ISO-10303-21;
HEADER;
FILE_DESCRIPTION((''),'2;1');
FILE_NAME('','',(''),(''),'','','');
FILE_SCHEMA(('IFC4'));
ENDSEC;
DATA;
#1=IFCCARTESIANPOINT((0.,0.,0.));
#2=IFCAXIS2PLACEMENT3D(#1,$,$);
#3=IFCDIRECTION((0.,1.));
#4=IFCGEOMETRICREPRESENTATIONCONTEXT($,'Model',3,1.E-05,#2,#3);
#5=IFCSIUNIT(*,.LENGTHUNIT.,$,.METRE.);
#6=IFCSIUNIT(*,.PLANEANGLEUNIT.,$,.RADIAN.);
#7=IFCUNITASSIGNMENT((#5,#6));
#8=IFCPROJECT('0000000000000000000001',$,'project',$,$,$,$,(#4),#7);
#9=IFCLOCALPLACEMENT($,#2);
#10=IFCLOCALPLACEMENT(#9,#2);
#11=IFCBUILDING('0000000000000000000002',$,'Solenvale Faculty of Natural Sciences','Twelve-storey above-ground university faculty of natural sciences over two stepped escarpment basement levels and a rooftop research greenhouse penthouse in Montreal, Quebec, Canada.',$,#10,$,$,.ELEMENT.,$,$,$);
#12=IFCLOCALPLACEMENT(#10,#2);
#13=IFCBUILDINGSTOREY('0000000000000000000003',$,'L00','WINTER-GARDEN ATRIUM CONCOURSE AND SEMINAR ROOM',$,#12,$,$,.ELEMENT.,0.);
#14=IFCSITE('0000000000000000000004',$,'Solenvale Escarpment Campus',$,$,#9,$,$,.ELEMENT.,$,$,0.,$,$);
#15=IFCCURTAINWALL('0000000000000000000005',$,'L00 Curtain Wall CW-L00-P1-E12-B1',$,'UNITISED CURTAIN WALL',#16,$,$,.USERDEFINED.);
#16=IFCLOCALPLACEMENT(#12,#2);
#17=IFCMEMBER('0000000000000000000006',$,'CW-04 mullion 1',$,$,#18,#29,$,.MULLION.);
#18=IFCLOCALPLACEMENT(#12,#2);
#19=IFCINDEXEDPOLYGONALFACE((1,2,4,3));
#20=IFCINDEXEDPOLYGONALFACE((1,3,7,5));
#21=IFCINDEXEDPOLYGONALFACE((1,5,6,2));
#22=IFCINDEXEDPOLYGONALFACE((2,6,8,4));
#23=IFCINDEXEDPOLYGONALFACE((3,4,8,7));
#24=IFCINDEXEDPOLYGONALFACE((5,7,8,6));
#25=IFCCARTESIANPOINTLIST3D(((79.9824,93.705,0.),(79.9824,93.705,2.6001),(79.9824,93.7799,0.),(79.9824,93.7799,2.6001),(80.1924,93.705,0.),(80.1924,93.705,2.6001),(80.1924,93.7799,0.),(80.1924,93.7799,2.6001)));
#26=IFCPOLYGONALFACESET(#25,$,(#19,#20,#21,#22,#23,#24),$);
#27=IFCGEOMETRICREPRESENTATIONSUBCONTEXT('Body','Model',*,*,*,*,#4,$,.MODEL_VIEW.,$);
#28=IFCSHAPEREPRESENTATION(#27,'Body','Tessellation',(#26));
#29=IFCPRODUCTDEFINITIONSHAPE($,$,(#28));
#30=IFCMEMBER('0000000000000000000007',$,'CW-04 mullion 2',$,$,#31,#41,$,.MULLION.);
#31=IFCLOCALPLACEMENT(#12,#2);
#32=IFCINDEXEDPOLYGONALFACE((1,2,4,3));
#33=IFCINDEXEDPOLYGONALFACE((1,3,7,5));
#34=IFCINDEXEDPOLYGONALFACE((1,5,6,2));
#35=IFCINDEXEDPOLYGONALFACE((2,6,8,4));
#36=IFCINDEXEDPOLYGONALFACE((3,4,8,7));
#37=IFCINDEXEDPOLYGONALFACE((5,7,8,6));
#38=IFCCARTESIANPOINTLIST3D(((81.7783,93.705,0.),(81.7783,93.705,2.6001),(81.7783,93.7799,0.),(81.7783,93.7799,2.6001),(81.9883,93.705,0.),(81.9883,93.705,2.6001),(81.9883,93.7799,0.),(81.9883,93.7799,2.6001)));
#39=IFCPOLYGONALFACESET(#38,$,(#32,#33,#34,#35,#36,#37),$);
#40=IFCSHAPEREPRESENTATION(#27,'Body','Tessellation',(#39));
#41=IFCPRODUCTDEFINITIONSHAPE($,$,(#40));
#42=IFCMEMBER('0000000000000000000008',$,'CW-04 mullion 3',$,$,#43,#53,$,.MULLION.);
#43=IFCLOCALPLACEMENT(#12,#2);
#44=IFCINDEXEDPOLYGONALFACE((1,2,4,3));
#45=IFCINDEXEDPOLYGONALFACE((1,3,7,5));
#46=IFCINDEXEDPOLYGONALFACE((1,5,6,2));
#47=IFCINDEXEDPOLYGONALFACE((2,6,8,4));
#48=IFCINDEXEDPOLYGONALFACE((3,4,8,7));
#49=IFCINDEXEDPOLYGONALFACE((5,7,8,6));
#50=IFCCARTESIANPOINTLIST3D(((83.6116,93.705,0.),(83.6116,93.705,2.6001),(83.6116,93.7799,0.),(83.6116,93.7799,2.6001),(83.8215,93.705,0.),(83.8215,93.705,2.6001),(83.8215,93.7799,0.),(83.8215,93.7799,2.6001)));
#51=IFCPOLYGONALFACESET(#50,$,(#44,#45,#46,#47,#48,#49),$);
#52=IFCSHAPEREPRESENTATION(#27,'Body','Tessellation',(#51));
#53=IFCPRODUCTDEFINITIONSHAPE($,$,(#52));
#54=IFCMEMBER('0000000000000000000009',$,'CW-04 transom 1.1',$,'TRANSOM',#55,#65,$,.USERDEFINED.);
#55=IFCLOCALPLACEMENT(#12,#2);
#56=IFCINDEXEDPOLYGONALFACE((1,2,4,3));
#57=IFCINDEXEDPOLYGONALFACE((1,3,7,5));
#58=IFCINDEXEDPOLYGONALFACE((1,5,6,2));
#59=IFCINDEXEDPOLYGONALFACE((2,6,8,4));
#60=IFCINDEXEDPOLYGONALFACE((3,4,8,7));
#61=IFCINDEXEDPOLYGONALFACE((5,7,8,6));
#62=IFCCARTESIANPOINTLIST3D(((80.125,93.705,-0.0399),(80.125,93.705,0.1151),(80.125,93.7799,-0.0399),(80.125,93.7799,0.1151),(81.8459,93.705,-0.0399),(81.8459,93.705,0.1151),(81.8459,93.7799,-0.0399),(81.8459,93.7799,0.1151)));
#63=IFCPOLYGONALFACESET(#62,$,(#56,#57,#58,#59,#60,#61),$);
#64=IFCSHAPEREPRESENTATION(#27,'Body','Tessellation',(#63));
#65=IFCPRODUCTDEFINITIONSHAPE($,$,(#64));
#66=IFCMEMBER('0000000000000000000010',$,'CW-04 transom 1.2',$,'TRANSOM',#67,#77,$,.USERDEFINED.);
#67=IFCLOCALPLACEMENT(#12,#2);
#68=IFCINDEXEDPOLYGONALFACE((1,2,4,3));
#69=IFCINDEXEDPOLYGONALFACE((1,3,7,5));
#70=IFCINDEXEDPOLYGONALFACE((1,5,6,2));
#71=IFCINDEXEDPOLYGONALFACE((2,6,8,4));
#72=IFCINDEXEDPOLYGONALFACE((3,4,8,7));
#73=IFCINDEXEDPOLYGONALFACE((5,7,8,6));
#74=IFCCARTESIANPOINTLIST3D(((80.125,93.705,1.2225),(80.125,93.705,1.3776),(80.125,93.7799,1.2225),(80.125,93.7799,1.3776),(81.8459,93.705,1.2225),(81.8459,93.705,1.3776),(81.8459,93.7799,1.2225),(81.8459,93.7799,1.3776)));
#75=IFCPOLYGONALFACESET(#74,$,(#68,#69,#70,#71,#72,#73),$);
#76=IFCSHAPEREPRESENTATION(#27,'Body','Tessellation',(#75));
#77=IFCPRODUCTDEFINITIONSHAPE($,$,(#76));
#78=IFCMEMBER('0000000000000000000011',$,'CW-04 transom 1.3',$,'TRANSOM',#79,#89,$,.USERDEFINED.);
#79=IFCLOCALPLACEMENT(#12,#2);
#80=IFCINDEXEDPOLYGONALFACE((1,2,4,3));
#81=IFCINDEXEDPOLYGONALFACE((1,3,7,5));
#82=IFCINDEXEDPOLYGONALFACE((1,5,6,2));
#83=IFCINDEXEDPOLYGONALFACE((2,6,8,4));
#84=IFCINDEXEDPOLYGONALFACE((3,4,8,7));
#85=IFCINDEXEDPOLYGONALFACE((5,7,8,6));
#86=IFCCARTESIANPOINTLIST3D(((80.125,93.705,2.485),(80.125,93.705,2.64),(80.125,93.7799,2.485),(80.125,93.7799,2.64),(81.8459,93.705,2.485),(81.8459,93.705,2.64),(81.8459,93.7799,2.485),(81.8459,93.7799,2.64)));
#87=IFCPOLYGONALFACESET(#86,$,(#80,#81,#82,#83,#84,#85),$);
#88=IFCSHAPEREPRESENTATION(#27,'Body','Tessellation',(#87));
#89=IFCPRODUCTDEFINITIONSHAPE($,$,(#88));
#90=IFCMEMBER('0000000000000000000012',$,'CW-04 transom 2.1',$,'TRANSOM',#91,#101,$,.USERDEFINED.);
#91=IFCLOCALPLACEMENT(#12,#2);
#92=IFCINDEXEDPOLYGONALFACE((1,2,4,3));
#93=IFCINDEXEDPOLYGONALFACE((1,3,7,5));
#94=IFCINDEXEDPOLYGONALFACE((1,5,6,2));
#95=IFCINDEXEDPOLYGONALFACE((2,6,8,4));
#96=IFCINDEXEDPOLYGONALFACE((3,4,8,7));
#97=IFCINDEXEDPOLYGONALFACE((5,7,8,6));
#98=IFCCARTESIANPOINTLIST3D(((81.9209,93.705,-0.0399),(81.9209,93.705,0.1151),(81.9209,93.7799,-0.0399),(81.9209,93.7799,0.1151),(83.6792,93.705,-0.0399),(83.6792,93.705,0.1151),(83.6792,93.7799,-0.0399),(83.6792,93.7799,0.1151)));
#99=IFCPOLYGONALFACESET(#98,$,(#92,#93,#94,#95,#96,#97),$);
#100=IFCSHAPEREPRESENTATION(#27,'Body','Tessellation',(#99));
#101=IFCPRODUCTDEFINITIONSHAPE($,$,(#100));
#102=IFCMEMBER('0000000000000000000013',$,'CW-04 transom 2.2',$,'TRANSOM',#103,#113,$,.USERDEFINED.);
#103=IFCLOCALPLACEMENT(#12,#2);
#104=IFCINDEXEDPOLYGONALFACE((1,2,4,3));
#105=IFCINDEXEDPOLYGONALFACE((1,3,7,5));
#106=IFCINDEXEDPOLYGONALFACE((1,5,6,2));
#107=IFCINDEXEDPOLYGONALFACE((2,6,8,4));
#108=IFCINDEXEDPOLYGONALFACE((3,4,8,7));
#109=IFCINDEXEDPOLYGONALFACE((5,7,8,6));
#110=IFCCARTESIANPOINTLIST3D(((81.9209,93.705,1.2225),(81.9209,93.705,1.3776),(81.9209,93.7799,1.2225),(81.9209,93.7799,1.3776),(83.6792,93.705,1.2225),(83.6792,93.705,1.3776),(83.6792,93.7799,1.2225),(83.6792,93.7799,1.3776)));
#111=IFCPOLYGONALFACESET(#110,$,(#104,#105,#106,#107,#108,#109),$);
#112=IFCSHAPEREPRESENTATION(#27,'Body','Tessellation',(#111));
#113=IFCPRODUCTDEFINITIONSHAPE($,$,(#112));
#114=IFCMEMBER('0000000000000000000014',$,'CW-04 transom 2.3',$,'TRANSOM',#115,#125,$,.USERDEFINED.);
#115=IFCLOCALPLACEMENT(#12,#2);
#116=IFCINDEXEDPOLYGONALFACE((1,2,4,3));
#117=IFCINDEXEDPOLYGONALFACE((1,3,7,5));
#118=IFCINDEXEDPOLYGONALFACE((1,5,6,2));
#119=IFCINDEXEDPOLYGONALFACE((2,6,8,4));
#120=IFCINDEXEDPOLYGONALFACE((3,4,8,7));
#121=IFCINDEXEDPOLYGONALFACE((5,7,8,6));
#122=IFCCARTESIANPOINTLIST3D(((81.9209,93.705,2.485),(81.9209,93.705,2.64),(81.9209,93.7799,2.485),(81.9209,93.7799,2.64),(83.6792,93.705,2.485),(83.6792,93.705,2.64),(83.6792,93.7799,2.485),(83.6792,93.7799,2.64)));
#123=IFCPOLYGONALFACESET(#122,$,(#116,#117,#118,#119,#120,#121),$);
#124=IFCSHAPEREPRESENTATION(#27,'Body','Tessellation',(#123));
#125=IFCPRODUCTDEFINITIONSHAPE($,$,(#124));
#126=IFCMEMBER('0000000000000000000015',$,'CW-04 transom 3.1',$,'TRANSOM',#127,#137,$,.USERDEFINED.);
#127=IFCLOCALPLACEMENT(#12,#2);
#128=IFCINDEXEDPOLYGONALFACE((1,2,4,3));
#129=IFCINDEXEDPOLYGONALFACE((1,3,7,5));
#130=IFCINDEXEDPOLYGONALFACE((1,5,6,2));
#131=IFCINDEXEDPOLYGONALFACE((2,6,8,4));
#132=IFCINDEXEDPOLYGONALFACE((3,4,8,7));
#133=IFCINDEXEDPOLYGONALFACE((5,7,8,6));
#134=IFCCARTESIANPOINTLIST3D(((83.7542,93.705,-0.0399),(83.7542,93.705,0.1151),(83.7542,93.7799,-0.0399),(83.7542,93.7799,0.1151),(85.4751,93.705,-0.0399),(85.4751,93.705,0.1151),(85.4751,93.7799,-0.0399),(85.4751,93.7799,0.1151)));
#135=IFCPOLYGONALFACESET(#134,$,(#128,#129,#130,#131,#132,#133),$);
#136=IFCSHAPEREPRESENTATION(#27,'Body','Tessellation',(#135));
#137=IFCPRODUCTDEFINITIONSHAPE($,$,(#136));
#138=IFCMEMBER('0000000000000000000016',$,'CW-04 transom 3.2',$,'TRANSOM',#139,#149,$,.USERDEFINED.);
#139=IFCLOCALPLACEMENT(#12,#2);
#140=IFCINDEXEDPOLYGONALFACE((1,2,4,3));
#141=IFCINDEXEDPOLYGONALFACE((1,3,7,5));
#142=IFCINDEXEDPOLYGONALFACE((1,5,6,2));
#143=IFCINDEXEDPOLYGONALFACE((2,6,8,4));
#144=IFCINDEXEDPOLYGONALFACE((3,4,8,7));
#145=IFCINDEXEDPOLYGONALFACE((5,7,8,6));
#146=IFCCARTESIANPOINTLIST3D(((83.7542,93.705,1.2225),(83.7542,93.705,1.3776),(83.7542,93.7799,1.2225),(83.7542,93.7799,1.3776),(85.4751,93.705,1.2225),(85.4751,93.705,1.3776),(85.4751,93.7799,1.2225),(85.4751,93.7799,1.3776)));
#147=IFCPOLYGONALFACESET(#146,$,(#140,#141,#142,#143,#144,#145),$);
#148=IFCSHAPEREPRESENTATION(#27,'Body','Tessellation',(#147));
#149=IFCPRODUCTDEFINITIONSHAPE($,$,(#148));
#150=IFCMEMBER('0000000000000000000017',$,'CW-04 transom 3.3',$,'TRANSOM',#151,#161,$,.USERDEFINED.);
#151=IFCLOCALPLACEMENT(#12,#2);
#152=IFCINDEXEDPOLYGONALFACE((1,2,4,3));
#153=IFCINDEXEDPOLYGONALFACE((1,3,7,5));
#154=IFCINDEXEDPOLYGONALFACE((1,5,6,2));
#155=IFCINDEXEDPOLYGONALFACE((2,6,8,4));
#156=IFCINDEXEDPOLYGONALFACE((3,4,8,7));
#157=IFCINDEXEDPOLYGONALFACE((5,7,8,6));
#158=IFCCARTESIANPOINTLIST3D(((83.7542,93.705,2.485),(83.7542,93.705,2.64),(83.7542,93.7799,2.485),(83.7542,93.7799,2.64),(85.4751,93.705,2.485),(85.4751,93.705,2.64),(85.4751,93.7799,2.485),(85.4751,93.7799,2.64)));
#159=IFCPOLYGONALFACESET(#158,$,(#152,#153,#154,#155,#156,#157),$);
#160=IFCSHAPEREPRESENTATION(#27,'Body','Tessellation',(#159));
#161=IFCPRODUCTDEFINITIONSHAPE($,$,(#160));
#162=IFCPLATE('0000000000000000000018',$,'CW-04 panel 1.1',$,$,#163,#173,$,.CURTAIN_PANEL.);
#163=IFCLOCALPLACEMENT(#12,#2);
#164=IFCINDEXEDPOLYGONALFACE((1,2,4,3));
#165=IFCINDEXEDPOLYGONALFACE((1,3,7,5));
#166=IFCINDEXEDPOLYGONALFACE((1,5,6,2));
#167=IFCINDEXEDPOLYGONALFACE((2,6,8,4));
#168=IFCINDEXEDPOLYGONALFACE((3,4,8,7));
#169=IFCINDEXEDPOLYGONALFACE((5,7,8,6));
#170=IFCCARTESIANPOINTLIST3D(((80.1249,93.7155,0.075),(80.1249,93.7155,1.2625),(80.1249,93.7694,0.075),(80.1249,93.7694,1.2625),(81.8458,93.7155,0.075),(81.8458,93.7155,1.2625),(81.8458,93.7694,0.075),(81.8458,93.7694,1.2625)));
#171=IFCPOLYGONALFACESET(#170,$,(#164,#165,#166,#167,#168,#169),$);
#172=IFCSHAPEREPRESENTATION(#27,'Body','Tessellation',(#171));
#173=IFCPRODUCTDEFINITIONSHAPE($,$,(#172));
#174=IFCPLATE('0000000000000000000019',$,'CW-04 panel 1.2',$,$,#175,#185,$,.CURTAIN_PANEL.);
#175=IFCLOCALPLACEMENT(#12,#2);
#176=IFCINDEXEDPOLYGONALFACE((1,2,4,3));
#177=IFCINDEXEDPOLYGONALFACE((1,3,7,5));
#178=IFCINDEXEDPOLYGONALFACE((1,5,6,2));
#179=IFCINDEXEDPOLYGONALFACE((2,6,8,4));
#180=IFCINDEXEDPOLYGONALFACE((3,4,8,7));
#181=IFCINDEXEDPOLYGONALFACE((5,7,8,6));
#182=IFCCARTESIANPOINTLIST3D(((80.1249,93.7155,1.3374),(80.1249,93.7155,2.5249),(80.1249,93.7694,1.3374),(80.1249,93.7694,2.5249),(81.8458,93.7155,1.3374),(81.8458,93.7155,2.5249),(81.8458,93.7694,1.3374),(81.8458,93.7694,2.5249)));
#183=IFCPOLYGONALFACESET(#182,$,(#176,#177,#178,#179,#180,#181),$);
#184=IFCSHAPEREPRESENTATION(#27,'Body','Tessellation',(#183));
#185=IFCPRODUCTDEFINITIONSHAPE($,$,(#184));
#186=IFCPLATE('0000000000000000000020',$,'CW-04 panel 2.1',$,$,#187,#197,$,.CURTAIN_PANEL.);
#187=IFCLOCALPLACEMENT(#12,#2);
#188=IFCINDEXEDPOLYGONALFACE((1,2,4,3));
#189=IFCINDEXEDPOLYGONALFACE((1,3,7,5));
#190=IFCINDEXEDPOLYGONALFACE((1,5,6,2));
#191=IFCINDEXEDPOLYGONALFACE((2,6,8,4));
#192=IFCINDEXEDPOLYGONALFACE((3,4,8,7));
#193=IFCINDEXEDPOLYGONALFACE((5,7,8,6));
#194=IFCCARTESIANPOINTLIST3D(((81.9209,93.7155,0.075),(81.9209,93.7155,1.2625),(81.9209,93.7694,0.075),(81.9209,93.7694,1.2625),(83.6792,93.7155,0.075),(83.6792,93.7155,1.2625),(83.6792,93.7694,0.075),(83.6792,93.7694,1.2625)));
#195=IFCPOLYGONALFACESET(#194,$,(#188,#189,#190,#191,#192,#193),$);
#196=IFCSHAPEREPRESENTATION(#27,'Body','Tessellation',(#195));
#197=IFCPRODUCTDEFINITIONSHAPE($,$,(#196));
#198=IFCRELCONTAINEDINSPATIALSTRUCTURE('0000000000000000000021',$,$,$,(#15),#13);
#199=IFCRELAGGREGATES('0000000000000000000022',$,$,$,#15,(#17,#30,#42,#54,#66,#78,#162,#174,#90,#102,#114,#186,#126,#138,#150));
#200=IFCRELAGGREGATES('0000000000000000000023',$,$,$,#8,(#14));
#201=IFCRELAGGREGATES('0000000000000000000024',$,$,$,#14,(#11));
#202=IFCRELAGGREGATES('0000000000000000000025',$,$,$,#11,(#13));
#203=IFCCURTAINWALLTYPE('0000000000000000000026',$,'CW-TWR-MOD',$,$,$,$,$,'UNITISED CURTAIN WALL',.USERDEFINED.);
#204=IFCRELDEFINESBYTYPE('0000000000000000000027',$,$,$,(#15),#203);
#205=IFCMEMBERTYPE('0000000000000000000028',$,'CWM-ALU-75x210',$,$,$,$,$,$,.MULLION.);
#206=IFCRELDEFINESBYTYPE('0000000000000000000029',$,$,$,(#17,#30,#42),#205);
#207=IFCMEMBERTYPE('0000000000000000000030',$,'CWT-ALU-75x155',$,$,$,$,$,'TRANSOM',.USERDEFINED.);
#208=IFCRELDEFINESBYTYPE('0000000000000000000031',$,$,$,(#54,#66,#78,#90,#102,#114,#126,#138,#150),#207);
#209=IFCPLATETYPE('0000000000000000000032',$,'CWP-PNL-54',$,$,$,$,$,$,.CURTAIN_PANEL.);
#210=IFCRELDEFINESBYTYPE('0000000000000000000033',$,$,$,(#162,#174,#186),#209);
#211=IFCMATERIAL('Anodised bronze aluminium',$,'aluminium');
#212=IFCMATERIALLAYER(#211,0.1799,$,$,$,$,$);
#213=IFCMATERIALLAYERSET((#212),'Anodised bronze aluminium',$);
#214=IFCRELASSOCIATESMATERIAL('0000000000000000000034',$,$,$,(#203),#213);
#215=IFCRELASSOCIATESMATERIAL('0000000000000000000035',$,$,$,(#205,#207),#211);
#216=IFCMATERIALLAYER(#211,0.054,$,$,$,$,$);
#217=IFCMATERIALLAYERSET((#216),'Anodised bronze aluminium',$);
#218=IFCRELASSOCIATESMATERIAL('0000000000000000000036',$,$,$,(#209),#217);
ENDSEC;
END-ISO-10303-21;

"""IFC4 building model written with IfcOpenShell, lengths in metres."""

from ifc_helpers import new_model, si_unit, direction, frame, origin, origin_2d, place, context, subcontext, project, spatial, rectangle, extrude, material, layer, layer_set, material_profile, profile_set, type_object, element, aggregate, save


model = new_model("IFC4")

# Units and contexts
model_context = context("Model", 3, precision=1e-05, world=origin(), true_north=direction((0.0, 1.0)))
body_context = subcontext(model_context, "Body", "Model", "MODEL_VIEW")
ifc_project = project(units=[si_unit("LENGTHUNIT", "METRE"), si_unit("PLANEANGLEUNIT", "RADIAN")], contexts=[model_context])

# Site, building, storey
site_placement = place(None, origin())
site = spatial("IfcSite", under=ifc_project, at=site_placement, Name="Solenvale Escarpment Campus", CompositionType="ELEMENT", RefElevation=0.0)
building_placement = place(site_placement, origin())
building = spatial("IfcBuilding", under=site, at=building_placement, Name="Solenvale Faculty of Natural Sciences", Description="Twelve-storey above-ground university faculty of natural sciences over two stepped escarpment basement levels and a rooftop research greenhouse penthouse in Montreal, Quebec, Canada.", CompositionType="ELEMENT")
storey_placement = place(building_placement, origin())
storey = spatial("IfcBuildingStorey", under=building, at=storey_placement, Name="L00", Description="WINTER-GARDEN ATRIUM CONCOURSE AND SEMINAR ROOM", CompositionType="ELEMENT", Elevation=0.0)

# Curtain wall, members, plates
ifc_material_1 = material(Name="Anodised bronze aluminium", Category="aluminium")
ifc_layer_1 = layer(ifc_material_1, 0.1799)
ifc_layer_set_1 = layer_set([ifc_layer_1], Name="Anodised bronze aluminium")
curtain_wall_type = type_object("IfcCurtainWallType", Name="CW-TWR-MOD", ElementType="UNITISED CURTAIN WALL", PredefinedType="USERDEFINED", material=ifc_layer_set_1)
curtain_wall_placement = place(storey_placement, origin())
curtain_wall = element("IfcCurtainWall", 1, at=curtain_wall_placement, inside=storey, type_object=curtain_wall_type, Name="L00 Curtain Wall CW-L00-P1-E12-B1", ObjectType="UNITISED CURTAIN WALL", PredefinedType="USERDEFINED")
ifc_material_profile_1 = material_profile(ifc_material_1, rectangle(XDim=0.075, YDim=0.21, at=origin_2d()), Name="ALU-MUL-75x210")
ifc_profile_set_1 = profile_set([ifc_material_profile_1], Name="Anodised bronze aluminium")
member_type_1 = type_object("IfcMemberType", Name="CWM-ALU-75x210", PredefinedType="MULLION", material=ifc_profile_set_1)
member_1_placement = place(storey_placement, frame((80.0874, 93.7424, 0.0), z_axis=(0.0, 0.0, 1.0), x_axis=(0.0, 1.0, 0.0)))
member_1 = element("IfcMember", 2, at=member_1_placement, type_object=member_type_1, Name="CW-04 mullion 1", PredefinedType="MULLION", context=body_context, shape_type="SweptSolid", body=[
    extrude(rectangle(XDim=0.075, YDim=0.21, at=origin_2d()), origin(), (0.0, 0.0, 1.0), 2.6001),
])
member_2_placement = place(storey_placement, frame((81.8833, 93.7424, 0.0), z_axis=(0.0, 0.0, 1.0), x_axis=(0.0, 1.0, 0.0)))
member_2 = element("IfcMember", 3, at=member_2_placement, type_object=member_type_1, Name="CW-04 mullion 2", PredefinedType="MULLION", context=body_context, shape_type="SweptSolid", body=[
    extrude(rectangle(XDim=0.075, YDim=0.21, at=origin_2d()), origin(), (0.0, 0.0, 1.0), 2.6001),
])
member_3_placement = place(storey_placement, frame((83.7166, 93.7424, 0.0), z_axis=(0.0, 0.0, 1.0), x_axis=(0.0, 1.0, 0.0)))
member_3 = element("IfcMember", 4, at=member_3_placement, type_object=member_type_1, Name="CW-04 mullion 3", PredefinedType="MULLION", context=body_context, shape_type="SweptSolid", body=[
    extrude(rectangle(XDim=0.075, YDim=0.21, at=origin_2d()), origin(), (0.0, 0.0, 1.0), 2.6001),
])
ifc_material_profile_2 = material_profile(ifc_material_1, rectangle(XDim=0.075, YDim=0.155, at=origin_2d()), Name="ALU-TRN-75x155")
ifc_profile_set_2 = profile_set([ifc_material_profile_2], Name="Anodised bronze aluminium")
member_type_2 = type_object("IfcMemberType", Name="CWT-ALU-75x155", ElementType="TRANSOM", PredefinedType="USERDEFINED", material=ifc_profile_set_2)
member_4_placement = place(storey_placement, frame((80.125, 93.7424, 0.0376), z_axis=(1.0, 0.0, 0.0), x_axis=(0.0, 1.0, 0.0)))
member_4 = element("IfcMember", 5, at=member_4_placement, type_object=member_type_2, Name="CW-04 transom 1.1", ObjectType="TRANSOM", PredefinedType="USERDEFINED", context=body_context, shape_type="SweptSolid", body=[
    extrude(rectangle(XDim=0.075, YDim=0.155, at=origin_2d()), origin(), (0.0, 0.0, 1.0), 1.7209),
])
member_5_placement = place(storey_placement, frame((80.125, 93.7424, 1.3), z_axis=(1.0, 0.0, 0.0), x_axis=(0.0, 1.0, 0.0)))
member_5 = element("IfcMember", 6, at=member_5_placement, type_object=member_type_2, Name="CW-04 transom 1.2", ObjectType="TRANSOM", PredefinedType="USERDEFINED", context=body_context, shape_type="SweptSolid", body=[
    extrude(rectangle(XDim=0.075, YDim=0.155, at=origin_2d()), origin(), (0.0, 0.0, 1.0), 1.7209),
])
member_6_placement = place(storey_placement, frame((80.125, 93.7424, 2.5625), z_axis=(1.0, 0.0, 0.0), x_axis=(0.0, 1.0, 0.0)))
member_6 = element("IfcMember", 7, at=member_6_placement, type_object=member_type_2, Name="CW-04 transom 1.3", ObjectType="TRANSOM", PredefinedType="USERDEFINED", context=body_context, shape_type="SweptSolid", body=[
    extrude(rectangle(XDim=0.075, YDim=0.155, at=origin_2d()), origin(), (0.0, 0.0, 1.0), 1.7209),
])
member_7_placement = place(storey_placement, frame((81.9209, 93.7424, 0.0376), z_axis=(1.0, 0.0, 0.0), x_axis=(0.0, 1.0, 0.0)))
member_7 = element("IfcMember", 8, at=member_7_placement, type_object=member_type_2, Name="CW-04 transom 2.1", ObjectType="TRANSOM", PredefinedType="USERDEFINED", context=body_context, shape_type="SweptSolid", body=[
    extrude(rectangle(XDim=0.075, YDim=0.155, at=origin_2d()), origin(), (0.0, 0.0, 1.0), 1.7583),
])
member_8_placement = place(storey_placement, frame((81.9209, 93.7424, 1.3), z_axis=(1.0, 0.0, 0.0), x_axis=(0.0, 1.0, 0.0)))
member_8 = element("IfcMember", 9, at=member_8_placement, type_object=member_type_2, Name="CW-04 transom 2.2", ObjectType="TRANSOM", PredefinedType="USERDEFINED", context=body_context, shape_type="SweptSolid", body=[
    extrude(rectangle(XDim=0.075, YDim=0.155, at=origin_2d()), origin(), (0.0, 0.0, 1.0), 1.7583),
])
member_9_placement = place(storey_placement, frame((81.9209, 93.7424, 2.5625), z_axis=(1.0, 0.0, 0.0), x_axis=(0.0, 1.0, 0.0)))
member_9 = element("IfcMember", 10, at=member_9_placement, type_object=member_type_2, Name="CW-04 transom 2.3", ObjectType="TRANSOM", PredefinedType="USERDEFINED", context=body_context, shape_type="SweptSolid", body=[
    extrude(rectangle(XDim=0.075, YDim=0.155, at=origin_2d()), origin(), (0.0, 0.0, 1.0), 1.7583),
])
member_10_placement = place(storey_placement, frame((83.7542, 93.7424, 0.0376), z_axis=(1.0, 0.0, 0.0), x_axis=(0.0, 1.0, 0.0)))
member_10 = element("IfcMember", 11, at=member_10_placement, type_object=member_type_2, Name="CW-04 transom 3.1", ObjectType="TRANSOM", PredefinedType="USERDEFINED", context=body_context, shape_type="SweptSolid", body=[
    extrude(rectangle(XDim=0.075, YDim=0.155, at=origin_2d()), origin(), (0.0, 0.0, 1.0), 1.7209),
])
member_11_placement = place(storey_placement, frame((83.7542, 93.7424, 1.3), z_axis=(1.0, 0.0, 0.0), x_axis=(0.0, 1.0, 0.0)))
member_11 = element("IfcMember", 12, at=member_11_placement, type_object=member_type_2, Name="CW-04 transom 3.2", ObjectType="TRANSOM", PredefinedType="USERDEFINED", context=body_context, shape_type="SweptSolid", body=[
    extrude(rectangle(XDim=0.075, YDim=0.155, at=origin_2d()), origin(), (0.0, 0.0, 1.0), 1.7209),
])
member_12_placement = place(storey_placement, frame((83.7542, 93.7424, 2.5625), z_axis=(1.0, 0.0, 0.0), x_axis=(0.0, 1.0, 0.0)))
member_12 = element("IfcMember", 13, at=member_12_placement, type_object=member_type_2, Name="CW-04 transom 3.3", ObjectType="TRANSOM", PredefinedType="USERDEFINED", context=body_context, shape_type="SweptSolid", body=[
    extrude(rectangle(XDim=0.075, YDim=0.155, at=origin_2d()), origin(), (0.0, 0.0, 1.0), 1.7209),
])
ifc_layer_2 = layer(ifc_material_1, 0.054)
ifc_layer_set_2 = layer_set([ifc_layer_2], Name="Anodised bronze aluminium")
plate_type = type_object("IfcPlateType", Name="CWP-PNL-54", PredefinedType="CURTAIN_PANEL", material=ifc_layer_set_2)
plate_1_placement = place(storey_placement, frame((80.9854, 93.7424, 0.075), z_axis=(0.0, 0.0, 1.0), x_axis=(1.0, 0.0, 0.0)))
plate_1 = element("IfcPlate", 14, at=plate_1_placement, type_object=plate_type, Name="CW-04 panel 1.1", PredefinedType="CURTAIN_PANEL", context=body_context, shape_type="SweptSolid", body=[
    extrude(rectangle(XDim=1.7209, YDim=0.054, at=origin_2d()), origin(), (0.0, 0.0, 1.0), 1.1875),
])
plate_2_placement = place(storey_placement, frame((80.9854, 93.7424, 1.3374), z_axis=(0.0, 0.0, 1.0), x_axis=(1.0, 0.0, 0.0)))
plate_2 = element("IfcPlate", 15, at=plate_2_placement, type_object=plate_type, Name="CW-04 panel 1.2", PredefinedType="CURTAIN_PANEL", context=body_context, shape_type="SweptSolid", body=[
    extrude(rectangle(XDim=1.7209, YDim=0.054, at=origin_2d()), origin(), (0.0, 0.0, 1.0), 1.1875),
])
plate_3_placement = place(storey_placement, frame((82.8, 93.7424, 0.075), z_axis=(0.0, 0.0, 1.0), x_axis=(1.0, 0.0, 0.0)))
plate_3 = element("IfcPlate", 16, at=plate_3_placement, type_object=plate_type, Name="CW-04 panel 2.1", PredefinedType="CURTAIN_PANEL", context=body_context, shape_type="SweptSolid", body=[
    extrude(rectangle(XDim=1.7583, YDim=0.054, at=origin_2d()), origin(), (0.0, 0.0, 1.0), 1.1875),
])
aggregate(curtain_wall, [member_1, member_2, member_3, member_4, member_5, member_6, plate_1, plate_2, member_7, member_8, member_9, plate_3, member_10, member_11, member_12])

save(model, "model.ifc")
